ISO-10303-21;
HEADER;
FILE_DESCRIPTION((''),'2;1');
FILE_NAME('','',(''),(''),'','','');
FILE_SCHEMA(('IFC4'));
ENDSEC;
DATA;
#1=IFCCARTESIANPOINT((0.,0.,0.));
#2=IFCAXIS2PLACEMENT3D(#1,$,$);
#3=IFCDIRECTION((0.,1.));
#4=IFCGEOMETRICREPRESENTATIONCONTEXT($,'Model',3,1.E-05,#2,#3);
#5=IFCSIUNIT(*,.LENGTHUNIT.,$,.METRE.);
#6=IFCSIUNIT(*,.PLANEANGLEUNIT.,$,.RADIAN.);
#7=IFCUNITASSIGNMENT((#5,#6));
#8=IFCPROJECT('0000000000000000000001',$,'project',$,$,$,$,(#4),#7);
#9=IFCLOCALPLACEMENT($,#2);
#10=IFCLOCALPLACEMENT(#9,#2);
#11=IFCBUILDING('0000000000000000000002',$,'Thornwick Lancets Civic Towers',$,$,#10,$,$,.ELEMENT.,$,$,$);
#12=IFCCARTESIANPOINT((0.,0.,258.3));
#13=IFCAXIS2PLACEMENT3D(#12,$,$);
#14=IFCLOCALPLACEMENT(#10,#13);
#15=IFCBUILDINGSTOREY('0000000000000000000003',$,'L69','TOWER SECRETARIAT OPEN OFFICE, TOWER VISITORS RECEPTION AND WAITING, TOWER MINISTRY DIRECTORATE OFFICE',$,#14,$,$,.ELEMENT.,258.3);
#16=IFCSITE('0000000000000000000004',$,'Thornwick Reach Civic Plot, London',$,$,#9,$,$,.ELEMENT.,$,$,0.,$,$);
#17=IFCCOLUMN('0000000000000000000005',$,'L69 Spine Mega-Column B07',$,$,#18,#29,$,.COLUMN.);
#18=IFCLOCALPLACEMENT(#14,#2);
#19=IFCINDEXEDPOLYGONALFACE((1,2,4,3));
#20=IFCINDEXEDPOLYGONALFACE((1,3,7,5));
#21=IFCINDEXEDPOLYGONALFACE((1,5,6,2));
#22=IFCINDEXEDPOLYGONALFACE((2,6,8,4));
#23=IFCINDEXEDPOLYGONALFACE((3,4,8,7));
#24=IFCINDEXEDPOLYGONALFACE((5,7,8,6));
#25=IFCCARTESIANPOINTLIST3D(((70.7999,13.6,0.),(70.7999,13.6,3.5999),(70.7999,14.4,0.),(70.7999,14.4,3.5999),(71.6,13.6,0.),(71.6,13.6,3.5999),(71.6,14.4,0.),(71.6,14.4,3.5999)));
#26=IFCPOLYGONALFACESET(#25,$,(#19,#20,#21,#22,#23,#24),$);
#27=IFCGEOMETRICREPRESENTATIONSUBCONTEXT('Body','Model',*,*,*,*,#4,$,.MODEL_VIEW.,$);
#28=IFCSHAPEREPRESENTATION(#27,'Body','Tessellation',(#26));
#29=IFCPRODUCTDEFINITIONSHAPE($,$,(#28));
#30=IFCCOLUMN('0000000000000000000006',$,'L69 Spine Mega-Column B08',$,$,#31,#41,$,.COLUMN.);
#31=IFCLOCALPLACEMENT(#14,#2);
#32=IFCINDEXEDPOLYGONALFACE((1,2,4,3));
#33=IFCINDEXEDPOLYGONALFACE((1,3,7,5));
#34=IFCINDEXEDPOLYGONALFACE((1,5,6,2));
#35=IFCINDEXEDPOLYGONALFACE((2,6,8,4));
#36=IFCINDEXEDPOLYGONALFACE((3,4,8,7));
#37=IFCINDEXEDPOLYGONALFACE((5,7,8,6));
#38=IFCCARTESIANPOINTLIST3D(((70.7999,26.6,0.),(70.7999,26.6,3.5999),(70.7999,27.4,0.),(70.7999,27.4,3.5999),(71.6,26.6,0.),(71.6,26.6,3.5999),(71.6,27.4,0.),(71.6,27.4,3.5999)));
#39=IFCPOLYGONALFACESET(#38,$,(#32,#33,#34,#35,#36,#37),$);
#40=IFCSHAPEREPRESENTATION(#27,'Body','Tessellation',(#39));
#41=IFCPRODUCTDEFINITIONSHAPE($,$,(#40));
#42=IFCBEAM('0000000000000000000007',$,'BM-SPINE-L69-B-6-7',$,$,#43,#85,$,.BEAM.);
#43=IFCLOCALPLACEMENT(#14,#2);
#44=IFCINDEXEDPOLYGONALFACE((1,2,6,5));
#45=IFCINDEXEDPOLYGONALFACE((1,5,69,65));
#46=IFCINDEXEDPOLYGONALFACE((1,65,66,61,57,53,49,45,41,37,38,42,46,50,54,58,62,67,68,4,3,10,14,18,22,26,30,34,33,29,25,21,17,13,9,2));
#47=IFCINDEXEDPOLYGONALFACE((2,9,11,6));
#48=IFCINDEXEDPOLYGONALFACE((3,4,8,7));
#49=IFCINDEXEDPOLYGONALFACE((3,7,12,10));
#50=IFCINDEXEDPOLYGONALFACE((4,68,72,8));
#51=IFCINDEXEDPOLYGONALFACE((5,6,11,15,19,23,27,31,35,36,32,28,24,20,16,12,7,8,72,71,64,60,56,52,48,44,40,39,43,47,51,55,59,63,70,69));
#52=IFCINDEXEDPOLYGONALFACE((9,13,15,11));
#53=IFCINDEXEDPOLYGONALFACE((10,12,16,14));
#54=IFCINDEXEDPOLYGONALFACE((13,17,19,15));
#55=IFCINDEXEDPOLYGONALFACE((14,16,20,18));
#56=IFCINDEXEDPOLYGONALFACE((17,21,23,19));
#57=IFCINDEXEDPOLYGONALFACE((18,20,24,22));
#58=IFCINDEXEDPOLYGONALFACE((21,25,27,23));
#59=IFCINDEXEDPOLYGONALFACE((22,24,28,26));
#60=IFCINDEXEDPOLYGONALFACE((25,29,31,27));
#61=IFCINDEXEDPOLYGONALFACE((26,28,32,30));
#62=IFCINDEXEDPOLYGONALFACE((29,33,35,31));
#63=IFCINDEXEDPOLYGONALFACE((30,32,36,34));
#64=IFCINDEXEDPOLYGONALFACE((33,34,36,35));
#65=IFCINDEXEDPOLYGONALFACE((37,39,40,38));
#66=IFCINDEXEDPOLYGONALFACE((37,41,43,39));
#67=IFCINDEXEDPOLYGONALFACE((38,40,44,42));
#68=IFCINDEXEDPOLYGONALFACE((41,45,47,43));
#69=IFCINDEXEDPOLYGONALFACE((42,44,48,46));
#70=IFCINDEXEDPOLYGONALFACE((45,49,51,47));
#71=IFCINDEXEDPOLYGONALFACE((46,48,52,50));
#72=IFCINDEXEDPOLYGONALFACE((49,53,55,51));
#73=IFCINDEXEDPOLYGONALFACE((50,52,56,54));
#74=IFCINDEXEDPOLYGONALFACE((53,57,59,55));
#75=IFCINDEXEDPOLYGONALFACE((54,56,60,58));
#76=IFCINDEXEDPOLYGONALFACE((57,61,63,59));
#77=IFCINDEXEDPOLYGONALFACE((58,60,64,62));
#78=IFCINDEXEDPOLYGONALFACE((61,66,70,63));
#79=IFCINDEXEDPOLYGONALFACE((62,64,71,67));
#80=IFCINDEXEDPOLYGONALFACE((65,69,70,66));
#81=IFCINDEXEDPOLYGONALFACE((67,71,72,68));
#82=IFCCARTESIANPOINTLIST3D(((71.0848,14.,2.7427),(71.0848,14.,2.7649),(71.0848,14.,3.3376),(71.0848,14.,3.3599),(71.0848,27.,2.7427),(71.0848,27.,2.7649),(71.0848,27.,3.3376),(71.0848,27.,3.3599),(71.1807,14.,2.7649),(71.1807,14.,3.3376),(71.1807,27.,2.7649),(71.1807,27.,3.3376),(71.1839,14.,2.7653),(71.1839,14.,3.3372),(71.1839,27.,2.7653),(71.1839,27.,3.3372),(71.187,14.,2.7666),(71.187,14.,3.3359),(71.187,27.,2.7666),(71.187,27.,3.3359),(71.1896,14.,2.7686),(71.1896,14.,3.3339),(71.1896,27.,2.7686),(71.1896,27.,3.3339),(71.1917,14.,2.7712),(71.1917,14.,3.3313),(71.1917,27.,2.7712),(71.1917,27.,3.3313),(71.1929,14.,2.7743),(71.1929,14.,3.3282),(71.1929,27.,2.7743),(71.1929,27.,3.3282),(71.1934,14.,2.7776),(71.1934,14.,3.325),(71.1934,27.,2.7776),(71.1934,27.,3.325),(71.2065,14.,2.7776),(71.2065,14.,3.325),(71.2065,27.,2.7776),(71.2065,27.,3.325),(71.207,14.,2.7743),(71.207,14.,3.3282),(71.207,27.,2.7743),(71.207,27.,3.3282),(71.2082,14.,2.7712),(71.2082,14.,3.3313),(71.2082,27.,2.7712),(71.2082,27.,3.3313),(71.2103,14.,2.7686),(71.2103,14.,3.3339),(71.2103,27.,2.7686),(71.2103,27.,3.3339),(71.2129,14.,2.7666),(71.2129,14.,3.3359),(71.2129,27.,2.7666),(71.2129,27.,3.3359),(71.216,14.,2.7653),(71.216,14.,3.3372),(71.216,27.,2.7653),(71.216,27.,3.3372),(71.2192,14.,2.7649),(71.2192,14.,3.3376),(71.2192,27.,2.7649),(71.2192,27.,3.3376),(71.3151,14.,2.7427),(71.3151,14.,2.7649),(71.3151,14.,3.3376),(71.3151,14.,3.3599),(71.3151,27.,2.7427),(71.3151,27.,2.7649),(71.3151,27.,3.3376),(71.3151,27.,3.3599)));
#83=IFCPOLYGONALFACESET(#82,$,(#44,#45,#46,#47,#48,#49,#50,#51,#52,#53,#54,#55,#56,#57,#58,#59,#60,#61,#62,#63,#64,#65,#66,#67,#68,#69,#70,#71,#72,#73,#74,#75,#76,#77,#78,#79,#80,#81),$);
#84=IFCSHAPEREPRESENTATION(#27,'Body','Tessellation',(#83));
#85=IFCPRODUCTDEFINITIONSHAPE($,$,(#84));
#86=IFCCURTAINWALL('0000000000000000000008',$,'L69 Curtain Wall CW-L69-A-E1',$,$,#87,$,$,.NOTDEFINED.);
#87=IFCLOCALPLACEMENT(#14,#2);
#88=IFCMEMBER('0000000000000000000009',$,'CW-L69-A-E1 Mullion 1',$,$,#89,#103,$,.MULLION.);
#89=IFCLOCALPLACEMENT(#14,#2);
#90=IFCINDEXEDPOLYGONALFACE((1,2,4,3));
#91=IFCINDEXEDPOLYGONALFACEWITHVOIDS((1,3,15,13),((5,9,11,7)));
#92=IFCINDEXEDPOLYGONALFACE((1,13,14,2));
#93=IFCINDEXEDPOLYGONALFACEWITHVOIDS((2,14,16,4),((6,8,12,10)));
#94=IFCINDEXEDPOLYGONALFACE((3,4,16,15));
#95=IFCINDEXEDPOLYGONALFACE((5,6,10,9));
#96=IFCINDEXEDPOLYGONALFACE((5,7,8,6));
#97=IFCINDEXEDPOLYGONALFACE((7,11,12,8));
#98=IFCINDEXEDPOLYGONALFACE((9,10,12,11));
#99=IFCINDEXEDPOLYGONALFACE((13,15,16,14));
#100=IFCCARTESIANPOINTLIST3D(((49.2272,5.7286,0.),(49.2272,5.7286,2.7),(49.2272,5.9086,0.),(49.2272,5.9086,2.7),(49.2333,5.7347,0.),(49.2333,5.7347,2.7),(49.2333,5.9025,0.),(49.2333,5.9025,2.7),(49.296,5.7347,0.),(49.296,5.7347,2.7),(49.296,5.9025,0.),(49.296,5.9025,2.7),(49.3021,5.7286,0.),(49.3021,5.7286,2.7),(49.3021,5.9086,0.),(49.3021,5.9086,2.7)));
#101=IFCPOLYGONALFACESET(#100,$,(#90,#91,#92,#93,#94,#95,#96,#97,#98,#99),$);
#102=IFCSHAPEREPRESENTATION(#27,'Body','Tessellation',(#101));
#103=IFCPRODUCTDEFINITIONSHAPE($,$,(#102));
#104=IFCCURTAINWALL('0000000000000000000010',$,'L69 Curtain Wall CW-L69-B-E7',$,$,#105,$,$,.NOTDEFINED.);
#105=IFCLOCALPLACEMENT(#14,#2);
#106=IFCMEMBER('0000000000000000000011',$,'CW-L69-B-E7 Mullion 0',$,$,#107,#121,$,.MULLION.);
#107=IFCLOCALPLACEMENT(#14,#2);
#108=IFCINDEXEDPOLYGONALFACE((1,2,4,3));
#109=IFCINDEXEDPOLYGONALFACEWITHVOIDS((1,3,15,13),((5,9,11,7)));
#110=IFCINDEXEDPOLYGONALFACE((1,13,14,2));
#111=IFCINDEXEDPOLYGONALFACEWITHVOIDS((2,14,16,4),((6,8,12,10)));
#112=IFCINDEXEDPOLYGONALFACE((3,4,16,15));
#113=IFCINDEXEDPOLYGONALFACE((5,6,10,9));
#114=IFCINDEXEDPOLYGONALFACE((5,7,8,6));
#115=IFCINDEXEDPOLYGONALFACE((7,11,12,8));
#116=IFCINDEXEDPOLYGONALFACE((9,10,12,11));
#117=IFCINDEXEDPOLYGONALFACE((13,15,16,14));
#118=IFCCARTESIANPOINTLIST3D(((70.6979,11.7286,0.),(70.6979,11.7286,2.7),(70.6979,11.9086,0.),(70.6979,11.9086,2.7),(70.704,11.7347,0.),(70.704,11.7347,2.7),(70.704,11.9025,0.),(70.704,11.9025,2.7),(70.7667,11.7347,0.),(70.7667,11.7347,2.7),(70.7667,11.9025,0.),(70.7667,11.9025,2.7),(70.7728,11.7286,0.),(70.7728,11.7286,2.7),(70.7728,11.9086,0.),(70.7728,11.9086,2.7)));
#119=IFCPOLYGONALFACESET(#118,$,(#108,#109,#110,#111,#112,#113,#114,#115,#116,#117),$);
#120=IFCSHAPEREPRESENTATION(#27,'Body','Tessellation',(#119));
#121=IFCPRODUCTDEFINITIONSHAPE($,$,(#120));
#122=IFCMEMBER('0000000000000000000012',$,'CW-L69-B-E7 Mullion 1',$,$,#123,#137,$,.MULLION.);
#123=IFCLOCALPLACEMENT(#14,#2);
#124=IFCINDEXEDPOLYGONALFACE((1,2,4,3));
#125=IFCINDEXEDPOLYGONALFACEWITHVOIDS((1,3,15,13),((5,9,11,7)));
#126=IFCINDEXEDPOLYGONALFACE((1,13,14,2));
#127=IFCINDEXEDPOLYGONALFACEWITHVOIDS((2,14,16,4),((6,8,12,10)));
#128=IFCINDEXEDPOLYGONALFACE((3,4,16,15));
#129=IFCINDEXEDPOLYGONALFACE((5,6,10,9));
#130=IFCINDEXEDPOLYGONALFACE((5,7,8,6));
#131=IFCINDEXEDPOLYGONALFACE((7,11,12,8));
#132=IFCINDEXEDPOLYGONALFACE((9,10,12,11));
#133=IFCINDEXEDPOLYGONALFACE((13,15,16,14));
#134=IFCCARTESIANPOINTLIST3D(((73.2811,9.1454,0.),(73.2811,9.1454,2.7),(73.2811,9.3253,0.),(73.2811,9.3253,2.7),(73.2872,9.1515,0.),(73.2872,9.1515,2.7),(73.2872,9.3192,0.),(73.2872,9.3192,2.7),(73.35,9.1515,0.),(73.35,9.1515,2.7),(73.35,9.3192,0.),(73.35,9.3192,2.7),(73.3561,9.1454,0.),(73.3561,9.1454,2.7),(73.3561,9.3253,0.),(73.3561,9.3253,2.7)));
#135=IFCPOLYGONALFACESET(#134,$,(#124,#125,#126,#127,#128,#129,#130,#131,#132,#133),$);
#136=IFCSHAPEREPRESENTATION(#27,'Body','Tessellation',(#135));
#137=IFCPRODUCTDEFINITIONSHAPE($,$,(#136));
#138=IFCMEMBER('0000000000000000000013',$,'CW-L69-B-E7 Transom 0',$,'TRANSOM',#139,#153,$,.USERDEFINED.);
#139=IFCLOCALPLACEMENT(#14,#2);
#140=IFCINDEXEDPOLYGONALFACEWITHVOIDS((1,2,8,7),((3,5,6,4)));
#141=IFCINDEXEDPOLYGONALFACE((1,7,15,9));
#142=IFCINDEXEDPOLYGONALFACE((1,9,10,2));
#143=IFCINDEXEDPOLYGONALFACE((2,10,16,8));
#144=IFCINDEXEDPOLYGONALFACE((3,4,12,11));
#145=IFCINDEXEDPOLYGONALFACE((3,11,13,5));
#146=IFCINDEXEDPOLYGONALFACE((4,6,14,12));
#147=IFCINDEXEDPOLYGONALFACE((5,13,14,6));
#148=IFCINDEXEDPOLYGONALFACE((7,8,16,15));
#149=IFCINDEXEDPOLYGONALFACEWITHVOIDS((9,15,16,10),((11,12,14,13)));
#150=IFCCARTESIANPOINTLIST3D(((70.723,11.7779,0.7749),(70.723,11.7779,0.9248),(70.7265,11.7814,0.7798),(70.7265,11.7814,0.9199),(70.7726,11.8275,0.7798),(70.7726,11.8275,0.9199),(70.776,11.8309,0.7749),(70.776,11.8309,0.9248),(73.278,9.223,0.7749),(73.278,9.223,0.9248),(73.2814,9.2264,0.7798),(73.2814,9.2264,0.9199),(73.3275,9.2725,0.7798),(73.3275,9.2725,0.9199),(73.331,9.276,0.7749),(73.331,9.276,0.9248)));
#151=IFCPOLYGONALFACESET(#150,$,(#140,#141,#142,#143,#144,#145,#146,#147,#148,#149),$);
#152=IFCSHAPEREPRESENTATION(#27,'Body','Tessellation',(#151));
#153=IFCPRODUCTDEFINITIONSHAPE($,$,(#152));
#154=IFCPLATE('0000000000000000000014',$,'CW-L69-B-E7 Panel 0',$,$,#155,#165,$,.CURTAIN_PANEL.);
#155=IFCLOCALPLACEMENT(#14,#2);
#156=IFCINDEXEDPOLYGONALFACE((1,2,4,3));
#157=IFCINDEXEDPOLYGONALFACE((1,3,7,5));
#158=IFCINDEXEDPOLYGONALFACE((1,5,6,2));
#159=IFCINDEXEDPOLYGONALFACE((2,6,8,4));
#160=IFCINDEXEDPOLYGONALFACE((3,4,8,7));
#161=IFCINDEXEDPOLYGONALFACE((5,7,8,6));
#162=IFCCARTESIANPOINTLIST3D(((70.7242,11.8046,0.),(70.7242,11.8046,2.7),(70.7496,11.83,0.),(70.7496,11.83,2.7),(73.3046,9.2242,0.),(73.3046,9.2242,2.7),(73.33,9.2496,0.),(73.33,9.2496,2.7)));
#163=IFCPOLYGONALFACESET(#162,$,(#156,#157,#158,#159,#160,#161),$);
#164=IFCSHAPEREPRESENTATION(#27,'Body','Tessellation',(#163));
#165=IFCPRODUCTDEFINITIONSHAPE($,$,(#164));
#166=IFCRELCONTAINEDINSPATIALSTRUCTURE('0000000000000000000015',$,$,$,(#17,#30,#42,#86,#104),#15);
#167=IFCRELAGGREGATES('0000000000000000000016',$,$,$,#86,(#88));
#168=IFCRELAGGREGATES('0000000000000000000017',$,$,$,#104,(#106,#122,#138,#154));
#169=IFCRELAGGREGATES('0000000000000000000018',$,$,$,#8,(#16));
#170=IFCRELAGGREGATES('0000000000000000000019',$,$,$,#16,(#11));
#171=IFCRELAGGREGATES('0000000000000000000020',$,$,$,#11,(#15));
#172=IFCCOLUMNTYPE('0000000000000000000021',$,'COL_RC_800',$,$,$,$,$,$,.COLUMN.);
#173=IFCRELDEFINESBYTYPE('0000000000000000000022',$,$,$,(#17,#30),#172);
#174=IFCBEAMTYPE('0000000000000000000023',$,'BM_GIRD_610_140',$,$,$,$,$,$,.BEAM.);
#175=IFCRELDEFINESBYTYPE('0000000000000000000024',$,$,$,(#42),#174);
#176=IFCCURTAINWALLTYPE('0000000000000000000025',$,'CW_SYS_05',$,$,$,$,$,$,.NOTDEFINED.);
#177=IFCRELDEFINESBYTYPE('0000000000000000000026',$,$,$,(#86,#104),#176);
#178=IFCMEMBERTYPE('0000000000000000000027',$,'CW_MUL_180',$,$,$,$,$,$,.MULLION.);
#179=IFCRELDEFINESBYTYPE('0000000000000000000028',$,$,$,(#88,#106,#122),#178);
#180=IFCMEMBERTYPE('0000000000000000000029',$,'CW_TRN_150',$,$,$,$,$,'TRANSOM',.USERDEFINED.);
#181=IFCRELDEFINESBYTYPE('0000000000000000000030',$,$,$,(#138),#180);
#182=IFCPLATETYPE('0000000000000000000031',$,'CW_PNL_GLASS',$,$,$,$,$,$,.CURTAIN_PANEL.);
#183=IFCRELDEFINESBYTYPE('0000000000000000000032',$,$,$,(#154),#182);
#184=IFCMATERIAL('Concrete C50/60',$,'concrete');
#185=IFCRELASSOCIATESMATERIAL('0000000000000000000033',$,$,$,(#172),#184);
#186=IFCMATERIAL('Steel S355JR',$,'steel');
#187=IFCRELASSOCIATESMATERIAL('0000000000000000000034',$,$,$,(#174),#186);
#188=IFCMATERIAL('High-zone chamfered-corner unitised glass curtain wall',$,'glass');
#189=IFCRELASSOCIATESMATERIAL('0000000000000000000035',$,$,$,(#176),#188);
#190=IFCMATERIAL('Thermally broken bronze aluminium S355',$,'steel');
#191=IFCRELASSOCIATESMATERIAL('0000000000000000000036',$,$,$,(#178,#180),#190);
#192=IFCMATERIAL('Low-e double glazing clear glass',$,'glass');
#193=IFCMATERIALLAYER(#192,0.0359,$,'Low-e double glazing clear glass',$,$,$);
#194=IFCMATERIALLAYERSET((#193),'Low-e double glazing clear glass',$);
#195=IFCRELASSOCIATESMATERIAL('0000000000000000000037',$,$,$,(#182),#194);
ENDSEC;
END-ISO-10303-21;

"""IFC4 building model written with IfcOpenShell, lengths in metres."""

from ifc_helpers import new_model, si_unit, direction, frame, origin, origin_2d, place, context, subcontext, project, spatial, rectangle, hollow_rectangle, i_section, extrude, material, layer, layer_set, material_profile, profile_set, type_object, element, aggregate, save


model = new_model("IFC4")

# Units and contexts
model_context = context("Model", 3, precision=1e-05, world=origin(), true_north=direction((0.0, 1.0)))
body_context = subcontext(model_context, "Body", "Model", "MODEL_VIEW")
ifc_project = project(units=[si_unit("LENGTHUNIT", "METRE"), si_unit("PLANEANGLEUNIT", "RADIAN")], contexts=[model_context])

# Site, building, storey
site_placement = place(None, origin())
site = spatial("IfcSite", under=ifc_project, at=site_placement, Name="Thornwick Reach Civic Plot, London", CompositionType="ELEMENT", RefElevation=0.0)
building_placement = place(site_placement, origin())
building = spatial("IfcBuilding", under=site, at=building_placement, Name="Thornwick Lancets Civic Towers", CompositionType="ELEMENT")
storey_placement = place(building_placement, frame((0.0, 0.0, 258.3)))
storey = spatial("IfcBuildingStorey", under=building, at=storey_placement, Name="L69", Description="TOWER SECRETARIAT OPEN OFFICE, TOWER VISITORS RECEPTION AND WAITING, TOWER MINISTRY DIRECTORATE OFFICE", CompositionType="ELEMENT", Elevation=258.3)

# Columns
ifc_material_1 = material(Name="Concrete C50/60", Category="concrete")
ifc_material_profile_1 = material_profile(ifc_material_1, rectangle(XDim=0.8, YDim=0.8, at=origin_2d()), Name="RC 800x800")
ifc_profile_set_1 = profile_set([ifc_material_profile_1], Name="Concrete C50/60")
column_type = type_object("IfcColumnType", Name="COL_RC_800", PredefinedType="COLUMN", material=ifc_profile_set_1)
for number, where, z_axis, x_axis, name in (
    (1, (71.2, 14.0, 0.0), (0.0, 0.0, 1.0), (1.0, 0.0, 0.0), "L69 Spine Mega-Column B07"),
    (2, (71.2, 27.0, 0.0), (0.0, 0.0, 1.0), (1.0, 0.0, 0.0), "L69 Spine Mega-Column B08"),
):
    element("IfcColumn", number, at=place(storey_placement, frame(where, z_axis=z_axis, x_axis=x_axis)), inside=storey, type_object=column_type, Name=name, PredefinedType="COLUMN", context=body_context, shape_type="SweptSolid", body=[
        extrude(rectangle(XDim=0.8, YDim=0.8, at=origin_2d()), origin(), (0.0, 0.0, 1.0), 3.5999),
    ])

# Beam
ifc_material_2 = material(Name="Steel S355JR", Category="steel")
ifc_material_profile_2 = material_profile(ifc_material_2, i_section(OverallWidth=0.2302, OverallDepth=0.6172, WebThickness=0.0132, FlangeThickness=0.0222, FilletRadius=0.0127, at=origin_2d()), Name="UKB 610x229x140")
ifc_profile_set_2 = profile_set([ifc_material_profile_2], Name="Steel S355JR")
beam_type = type_object("IfcBeamType", Name="BM_GIRD_610_140", PredefinedType="BEAM", material=ifc_profile_set_2)
beam_placement = place(storey_placement, frame((71.2, 14.0, 3.0513), z_axis=(0.0, 1.0, 0.0), x_axis=(-1.0, 0.0, 0.0)))
element("IfcBeam", 3, at=beam_placement, inside=storey, type_object=beam_type, Name="BM-SPINE-L69-B-6-7", PredefinedType="BEAM", context=body_context, shape_type="SweptSolid", body=[
    extrude(i_section(OverallWidth=0.2302, OverallDepth=0.6172, WebThickness=0.0132, FlangeThickness=0.0222, FilletRadius=0.0127, at=origin_2d()), origin(), (0.0, 0.0, 1.0), 13.0),
])

# Curtain wall, member
ifc_material_3 = material(Name="High-zone chamfered-corner unitised glass curtain wall", Category="glass")
curtain_wall_type = type_object("IfcCurtainWallType", Name="CW_SYS_05", PredefinedType="NOTDEFINED", material=ifc_material_3)
curtain_wall_1_placement = place(storey_placement, origin())
curtain_wall_1 = element("IfcCurtainWall", 4, at=curtain_wall_1_placement, inside=storey, type_object=curtain_wall_type, Name="L69 Curtain Wall CW-L69-A-E1", PredefinedType="NOTDEFINED")
ifc_material_4 = material(Name="Thermally broken bronze aluminium S355", Category="steel")
ifc_material_profile_3 = material_profile(ifc_material_4, hollow_rectangle(XDim=0.075, YDim=0.1799, WallThickness=0.0061, at=origin_2d()), Name="RHS 180x75x6")
ifc_profile_set_3 = profile_set([ifc_material_profile_3], Name="Thermally broken bronze aluminium S355")
member_type_1 = type_object("IfcMemberType", Name="CW_MUL_180", PredefinedType="MULLION", material=ifc_profile_set_3)
member_1_placement = place(storey_placement, frame((49.2646, 5.8186, 0.0), z_axis=(0.0, 0.0, 1.0), x_axis=(1.0, 0.0, 0.0)))
member_1 = element("IfcMember", 5, at=member_1_placement, type_object=member_type_1, Name="CW-L69-A-E1 Mullion 1", PredefinedType="MULLION", context=body_context, shape_type="SweptSolid", body=[
    extrude(hollow_rectangle(XDim=0.075, YDim=0.1799, WallThickness=0.0061, at=origin_2d()), origin(), (0.0, 0.0, 1.0), 2.7),
])
aggregate(curtain_wall_1, [member_1])

# Curtain wall, members, plate
curtain_wall_2_placement = place(storey_placement, origin())
curtain_wall_2 = element("IfcCurtainWall", 6, at=curtain_wall_2_placement, inside=storey, type_object=curtain_wall_type, Name="L69 Curtain Wall CW-L69-B-E7", PredefinedType="NOTDEFINED")
member_2_placement = place(storey_placement, frame((70.7354, 11.8186, 0.0), z_axis=(0.0, 0.0, 1.0), x_axis=(1.0, 0.0, 0.0)))
member_2 = element("IfcMember", 7, at=member_2_placement, type_object=member_type_1, Name="CW-L69-B-E7 Mullion 0", PredefinedType="MULLION", context=body_context, shape_type="SweptSolid", body=[
    extrude(hollow_rectangle(XDim=0.075, YDim=0.1799, WallThickness=0.0061, at=origin_2d()), origin(), (0.0, 0.0, 1.0), 2.7),
])
member_3_placement = place(storey_placement, frame((73.3186, 9.2354, 0.0), z_axis=(0.0, 0.0, 1.0), x_axis=(1.0, 0.0, 0.0)))
member_3 = element("IfcMember", 8, at=member_3_placement, type_object=member_type_1, Name="CW-L69-B-E7 Mullion 1", PredefinedType="MULLION", context=body_context, shape_type="SweptSolid", body=[
    extrude(hollow_rectangle(XDim=0.075, YDim=0.1799, WallThickness=0.0061, at=origin_2d()), origin(), (0.0, 0.0, 1.0), 2.7),
])
ifc_material_profile_4 = material_profile(ifc_material_4, hollow_rectangle(XDim=0.075, YDim=0.1499, WallThickness=0.0049, at=origin_2d()), Name="RHS 150x75x5")
ifc_profile_set_4 = profile_set([ifc_material_profile_4], Name="Thermally broken bronze aluminium S355")
member_type_2 = type_object("IfcMemberType", Name="CW_TRN_150", ElementType="TRANSOM", PredefinedType="USERDEFINED", material=ifc_profile_set_4)
member_4_placement = place(storey_placement, frame((70.7495, 11.8044, 0.8499), z_axis=(0.707107, -0.707107, 0.0), x_axis=(0.707107, 0.707107, 0.0)))
member_4 = element("IfcMember", 9, at=member_4_placement, type_object=member_type_2, Name="CW-L69-B-E7 Transom 0", ObjectType="TRANSOM", PredefinedType="USERDEFINED", context=body_context, shape_type="SweptSolid", body=[
    extrude(hollow_rectangle(XDim=0.075, YDim=0.1499, WallThickness=0.0049, at=origin_2d()), origin(), (0.0, 0.0, 1.0), 3.6133),
])
ifc_material_5 = material(Name="Low-e double glazing clear glass", Category="glass")
ifc_layer_1 = layer(ifc_material_5, 0.0359, Name="Low-e double glazing clear glass")
ifc_layer_set_1 = layer_set([ifc_layer_1], Name="Low-e double glazing clear glass")
plate_type = type_object("IfcPlateType", Name="CW_PNL_GLASS", PredefinedType="CURTAIN_PANEL", material=ifc_layer_set_1)
plate_placement = place(storey_placement, frame((72.0271, 10.5271, 0.0), z_axis=(0.0, 0.0, 1.0), x_axis=(0.707107, -0.707107, 0.0)))
plate = element("IfcPlate", 10, at=plate_placement, type_object=plate_type, Name="CW-L69-B-E7 Panel 0", PredefinedType="CURTAIN_PANEL", context=body_context, shape_type="SweptSolid", body=[
    extrude(rectangle(XDim=3.6492, YDim=0.0359, at=origin_2d()), origin(), (0.0, 0.0, 1.0), 2.7),
])
aggregate(curtain_wall_2, [member_2, member_3, member_4, plate])

save(model, "model.ifc")
